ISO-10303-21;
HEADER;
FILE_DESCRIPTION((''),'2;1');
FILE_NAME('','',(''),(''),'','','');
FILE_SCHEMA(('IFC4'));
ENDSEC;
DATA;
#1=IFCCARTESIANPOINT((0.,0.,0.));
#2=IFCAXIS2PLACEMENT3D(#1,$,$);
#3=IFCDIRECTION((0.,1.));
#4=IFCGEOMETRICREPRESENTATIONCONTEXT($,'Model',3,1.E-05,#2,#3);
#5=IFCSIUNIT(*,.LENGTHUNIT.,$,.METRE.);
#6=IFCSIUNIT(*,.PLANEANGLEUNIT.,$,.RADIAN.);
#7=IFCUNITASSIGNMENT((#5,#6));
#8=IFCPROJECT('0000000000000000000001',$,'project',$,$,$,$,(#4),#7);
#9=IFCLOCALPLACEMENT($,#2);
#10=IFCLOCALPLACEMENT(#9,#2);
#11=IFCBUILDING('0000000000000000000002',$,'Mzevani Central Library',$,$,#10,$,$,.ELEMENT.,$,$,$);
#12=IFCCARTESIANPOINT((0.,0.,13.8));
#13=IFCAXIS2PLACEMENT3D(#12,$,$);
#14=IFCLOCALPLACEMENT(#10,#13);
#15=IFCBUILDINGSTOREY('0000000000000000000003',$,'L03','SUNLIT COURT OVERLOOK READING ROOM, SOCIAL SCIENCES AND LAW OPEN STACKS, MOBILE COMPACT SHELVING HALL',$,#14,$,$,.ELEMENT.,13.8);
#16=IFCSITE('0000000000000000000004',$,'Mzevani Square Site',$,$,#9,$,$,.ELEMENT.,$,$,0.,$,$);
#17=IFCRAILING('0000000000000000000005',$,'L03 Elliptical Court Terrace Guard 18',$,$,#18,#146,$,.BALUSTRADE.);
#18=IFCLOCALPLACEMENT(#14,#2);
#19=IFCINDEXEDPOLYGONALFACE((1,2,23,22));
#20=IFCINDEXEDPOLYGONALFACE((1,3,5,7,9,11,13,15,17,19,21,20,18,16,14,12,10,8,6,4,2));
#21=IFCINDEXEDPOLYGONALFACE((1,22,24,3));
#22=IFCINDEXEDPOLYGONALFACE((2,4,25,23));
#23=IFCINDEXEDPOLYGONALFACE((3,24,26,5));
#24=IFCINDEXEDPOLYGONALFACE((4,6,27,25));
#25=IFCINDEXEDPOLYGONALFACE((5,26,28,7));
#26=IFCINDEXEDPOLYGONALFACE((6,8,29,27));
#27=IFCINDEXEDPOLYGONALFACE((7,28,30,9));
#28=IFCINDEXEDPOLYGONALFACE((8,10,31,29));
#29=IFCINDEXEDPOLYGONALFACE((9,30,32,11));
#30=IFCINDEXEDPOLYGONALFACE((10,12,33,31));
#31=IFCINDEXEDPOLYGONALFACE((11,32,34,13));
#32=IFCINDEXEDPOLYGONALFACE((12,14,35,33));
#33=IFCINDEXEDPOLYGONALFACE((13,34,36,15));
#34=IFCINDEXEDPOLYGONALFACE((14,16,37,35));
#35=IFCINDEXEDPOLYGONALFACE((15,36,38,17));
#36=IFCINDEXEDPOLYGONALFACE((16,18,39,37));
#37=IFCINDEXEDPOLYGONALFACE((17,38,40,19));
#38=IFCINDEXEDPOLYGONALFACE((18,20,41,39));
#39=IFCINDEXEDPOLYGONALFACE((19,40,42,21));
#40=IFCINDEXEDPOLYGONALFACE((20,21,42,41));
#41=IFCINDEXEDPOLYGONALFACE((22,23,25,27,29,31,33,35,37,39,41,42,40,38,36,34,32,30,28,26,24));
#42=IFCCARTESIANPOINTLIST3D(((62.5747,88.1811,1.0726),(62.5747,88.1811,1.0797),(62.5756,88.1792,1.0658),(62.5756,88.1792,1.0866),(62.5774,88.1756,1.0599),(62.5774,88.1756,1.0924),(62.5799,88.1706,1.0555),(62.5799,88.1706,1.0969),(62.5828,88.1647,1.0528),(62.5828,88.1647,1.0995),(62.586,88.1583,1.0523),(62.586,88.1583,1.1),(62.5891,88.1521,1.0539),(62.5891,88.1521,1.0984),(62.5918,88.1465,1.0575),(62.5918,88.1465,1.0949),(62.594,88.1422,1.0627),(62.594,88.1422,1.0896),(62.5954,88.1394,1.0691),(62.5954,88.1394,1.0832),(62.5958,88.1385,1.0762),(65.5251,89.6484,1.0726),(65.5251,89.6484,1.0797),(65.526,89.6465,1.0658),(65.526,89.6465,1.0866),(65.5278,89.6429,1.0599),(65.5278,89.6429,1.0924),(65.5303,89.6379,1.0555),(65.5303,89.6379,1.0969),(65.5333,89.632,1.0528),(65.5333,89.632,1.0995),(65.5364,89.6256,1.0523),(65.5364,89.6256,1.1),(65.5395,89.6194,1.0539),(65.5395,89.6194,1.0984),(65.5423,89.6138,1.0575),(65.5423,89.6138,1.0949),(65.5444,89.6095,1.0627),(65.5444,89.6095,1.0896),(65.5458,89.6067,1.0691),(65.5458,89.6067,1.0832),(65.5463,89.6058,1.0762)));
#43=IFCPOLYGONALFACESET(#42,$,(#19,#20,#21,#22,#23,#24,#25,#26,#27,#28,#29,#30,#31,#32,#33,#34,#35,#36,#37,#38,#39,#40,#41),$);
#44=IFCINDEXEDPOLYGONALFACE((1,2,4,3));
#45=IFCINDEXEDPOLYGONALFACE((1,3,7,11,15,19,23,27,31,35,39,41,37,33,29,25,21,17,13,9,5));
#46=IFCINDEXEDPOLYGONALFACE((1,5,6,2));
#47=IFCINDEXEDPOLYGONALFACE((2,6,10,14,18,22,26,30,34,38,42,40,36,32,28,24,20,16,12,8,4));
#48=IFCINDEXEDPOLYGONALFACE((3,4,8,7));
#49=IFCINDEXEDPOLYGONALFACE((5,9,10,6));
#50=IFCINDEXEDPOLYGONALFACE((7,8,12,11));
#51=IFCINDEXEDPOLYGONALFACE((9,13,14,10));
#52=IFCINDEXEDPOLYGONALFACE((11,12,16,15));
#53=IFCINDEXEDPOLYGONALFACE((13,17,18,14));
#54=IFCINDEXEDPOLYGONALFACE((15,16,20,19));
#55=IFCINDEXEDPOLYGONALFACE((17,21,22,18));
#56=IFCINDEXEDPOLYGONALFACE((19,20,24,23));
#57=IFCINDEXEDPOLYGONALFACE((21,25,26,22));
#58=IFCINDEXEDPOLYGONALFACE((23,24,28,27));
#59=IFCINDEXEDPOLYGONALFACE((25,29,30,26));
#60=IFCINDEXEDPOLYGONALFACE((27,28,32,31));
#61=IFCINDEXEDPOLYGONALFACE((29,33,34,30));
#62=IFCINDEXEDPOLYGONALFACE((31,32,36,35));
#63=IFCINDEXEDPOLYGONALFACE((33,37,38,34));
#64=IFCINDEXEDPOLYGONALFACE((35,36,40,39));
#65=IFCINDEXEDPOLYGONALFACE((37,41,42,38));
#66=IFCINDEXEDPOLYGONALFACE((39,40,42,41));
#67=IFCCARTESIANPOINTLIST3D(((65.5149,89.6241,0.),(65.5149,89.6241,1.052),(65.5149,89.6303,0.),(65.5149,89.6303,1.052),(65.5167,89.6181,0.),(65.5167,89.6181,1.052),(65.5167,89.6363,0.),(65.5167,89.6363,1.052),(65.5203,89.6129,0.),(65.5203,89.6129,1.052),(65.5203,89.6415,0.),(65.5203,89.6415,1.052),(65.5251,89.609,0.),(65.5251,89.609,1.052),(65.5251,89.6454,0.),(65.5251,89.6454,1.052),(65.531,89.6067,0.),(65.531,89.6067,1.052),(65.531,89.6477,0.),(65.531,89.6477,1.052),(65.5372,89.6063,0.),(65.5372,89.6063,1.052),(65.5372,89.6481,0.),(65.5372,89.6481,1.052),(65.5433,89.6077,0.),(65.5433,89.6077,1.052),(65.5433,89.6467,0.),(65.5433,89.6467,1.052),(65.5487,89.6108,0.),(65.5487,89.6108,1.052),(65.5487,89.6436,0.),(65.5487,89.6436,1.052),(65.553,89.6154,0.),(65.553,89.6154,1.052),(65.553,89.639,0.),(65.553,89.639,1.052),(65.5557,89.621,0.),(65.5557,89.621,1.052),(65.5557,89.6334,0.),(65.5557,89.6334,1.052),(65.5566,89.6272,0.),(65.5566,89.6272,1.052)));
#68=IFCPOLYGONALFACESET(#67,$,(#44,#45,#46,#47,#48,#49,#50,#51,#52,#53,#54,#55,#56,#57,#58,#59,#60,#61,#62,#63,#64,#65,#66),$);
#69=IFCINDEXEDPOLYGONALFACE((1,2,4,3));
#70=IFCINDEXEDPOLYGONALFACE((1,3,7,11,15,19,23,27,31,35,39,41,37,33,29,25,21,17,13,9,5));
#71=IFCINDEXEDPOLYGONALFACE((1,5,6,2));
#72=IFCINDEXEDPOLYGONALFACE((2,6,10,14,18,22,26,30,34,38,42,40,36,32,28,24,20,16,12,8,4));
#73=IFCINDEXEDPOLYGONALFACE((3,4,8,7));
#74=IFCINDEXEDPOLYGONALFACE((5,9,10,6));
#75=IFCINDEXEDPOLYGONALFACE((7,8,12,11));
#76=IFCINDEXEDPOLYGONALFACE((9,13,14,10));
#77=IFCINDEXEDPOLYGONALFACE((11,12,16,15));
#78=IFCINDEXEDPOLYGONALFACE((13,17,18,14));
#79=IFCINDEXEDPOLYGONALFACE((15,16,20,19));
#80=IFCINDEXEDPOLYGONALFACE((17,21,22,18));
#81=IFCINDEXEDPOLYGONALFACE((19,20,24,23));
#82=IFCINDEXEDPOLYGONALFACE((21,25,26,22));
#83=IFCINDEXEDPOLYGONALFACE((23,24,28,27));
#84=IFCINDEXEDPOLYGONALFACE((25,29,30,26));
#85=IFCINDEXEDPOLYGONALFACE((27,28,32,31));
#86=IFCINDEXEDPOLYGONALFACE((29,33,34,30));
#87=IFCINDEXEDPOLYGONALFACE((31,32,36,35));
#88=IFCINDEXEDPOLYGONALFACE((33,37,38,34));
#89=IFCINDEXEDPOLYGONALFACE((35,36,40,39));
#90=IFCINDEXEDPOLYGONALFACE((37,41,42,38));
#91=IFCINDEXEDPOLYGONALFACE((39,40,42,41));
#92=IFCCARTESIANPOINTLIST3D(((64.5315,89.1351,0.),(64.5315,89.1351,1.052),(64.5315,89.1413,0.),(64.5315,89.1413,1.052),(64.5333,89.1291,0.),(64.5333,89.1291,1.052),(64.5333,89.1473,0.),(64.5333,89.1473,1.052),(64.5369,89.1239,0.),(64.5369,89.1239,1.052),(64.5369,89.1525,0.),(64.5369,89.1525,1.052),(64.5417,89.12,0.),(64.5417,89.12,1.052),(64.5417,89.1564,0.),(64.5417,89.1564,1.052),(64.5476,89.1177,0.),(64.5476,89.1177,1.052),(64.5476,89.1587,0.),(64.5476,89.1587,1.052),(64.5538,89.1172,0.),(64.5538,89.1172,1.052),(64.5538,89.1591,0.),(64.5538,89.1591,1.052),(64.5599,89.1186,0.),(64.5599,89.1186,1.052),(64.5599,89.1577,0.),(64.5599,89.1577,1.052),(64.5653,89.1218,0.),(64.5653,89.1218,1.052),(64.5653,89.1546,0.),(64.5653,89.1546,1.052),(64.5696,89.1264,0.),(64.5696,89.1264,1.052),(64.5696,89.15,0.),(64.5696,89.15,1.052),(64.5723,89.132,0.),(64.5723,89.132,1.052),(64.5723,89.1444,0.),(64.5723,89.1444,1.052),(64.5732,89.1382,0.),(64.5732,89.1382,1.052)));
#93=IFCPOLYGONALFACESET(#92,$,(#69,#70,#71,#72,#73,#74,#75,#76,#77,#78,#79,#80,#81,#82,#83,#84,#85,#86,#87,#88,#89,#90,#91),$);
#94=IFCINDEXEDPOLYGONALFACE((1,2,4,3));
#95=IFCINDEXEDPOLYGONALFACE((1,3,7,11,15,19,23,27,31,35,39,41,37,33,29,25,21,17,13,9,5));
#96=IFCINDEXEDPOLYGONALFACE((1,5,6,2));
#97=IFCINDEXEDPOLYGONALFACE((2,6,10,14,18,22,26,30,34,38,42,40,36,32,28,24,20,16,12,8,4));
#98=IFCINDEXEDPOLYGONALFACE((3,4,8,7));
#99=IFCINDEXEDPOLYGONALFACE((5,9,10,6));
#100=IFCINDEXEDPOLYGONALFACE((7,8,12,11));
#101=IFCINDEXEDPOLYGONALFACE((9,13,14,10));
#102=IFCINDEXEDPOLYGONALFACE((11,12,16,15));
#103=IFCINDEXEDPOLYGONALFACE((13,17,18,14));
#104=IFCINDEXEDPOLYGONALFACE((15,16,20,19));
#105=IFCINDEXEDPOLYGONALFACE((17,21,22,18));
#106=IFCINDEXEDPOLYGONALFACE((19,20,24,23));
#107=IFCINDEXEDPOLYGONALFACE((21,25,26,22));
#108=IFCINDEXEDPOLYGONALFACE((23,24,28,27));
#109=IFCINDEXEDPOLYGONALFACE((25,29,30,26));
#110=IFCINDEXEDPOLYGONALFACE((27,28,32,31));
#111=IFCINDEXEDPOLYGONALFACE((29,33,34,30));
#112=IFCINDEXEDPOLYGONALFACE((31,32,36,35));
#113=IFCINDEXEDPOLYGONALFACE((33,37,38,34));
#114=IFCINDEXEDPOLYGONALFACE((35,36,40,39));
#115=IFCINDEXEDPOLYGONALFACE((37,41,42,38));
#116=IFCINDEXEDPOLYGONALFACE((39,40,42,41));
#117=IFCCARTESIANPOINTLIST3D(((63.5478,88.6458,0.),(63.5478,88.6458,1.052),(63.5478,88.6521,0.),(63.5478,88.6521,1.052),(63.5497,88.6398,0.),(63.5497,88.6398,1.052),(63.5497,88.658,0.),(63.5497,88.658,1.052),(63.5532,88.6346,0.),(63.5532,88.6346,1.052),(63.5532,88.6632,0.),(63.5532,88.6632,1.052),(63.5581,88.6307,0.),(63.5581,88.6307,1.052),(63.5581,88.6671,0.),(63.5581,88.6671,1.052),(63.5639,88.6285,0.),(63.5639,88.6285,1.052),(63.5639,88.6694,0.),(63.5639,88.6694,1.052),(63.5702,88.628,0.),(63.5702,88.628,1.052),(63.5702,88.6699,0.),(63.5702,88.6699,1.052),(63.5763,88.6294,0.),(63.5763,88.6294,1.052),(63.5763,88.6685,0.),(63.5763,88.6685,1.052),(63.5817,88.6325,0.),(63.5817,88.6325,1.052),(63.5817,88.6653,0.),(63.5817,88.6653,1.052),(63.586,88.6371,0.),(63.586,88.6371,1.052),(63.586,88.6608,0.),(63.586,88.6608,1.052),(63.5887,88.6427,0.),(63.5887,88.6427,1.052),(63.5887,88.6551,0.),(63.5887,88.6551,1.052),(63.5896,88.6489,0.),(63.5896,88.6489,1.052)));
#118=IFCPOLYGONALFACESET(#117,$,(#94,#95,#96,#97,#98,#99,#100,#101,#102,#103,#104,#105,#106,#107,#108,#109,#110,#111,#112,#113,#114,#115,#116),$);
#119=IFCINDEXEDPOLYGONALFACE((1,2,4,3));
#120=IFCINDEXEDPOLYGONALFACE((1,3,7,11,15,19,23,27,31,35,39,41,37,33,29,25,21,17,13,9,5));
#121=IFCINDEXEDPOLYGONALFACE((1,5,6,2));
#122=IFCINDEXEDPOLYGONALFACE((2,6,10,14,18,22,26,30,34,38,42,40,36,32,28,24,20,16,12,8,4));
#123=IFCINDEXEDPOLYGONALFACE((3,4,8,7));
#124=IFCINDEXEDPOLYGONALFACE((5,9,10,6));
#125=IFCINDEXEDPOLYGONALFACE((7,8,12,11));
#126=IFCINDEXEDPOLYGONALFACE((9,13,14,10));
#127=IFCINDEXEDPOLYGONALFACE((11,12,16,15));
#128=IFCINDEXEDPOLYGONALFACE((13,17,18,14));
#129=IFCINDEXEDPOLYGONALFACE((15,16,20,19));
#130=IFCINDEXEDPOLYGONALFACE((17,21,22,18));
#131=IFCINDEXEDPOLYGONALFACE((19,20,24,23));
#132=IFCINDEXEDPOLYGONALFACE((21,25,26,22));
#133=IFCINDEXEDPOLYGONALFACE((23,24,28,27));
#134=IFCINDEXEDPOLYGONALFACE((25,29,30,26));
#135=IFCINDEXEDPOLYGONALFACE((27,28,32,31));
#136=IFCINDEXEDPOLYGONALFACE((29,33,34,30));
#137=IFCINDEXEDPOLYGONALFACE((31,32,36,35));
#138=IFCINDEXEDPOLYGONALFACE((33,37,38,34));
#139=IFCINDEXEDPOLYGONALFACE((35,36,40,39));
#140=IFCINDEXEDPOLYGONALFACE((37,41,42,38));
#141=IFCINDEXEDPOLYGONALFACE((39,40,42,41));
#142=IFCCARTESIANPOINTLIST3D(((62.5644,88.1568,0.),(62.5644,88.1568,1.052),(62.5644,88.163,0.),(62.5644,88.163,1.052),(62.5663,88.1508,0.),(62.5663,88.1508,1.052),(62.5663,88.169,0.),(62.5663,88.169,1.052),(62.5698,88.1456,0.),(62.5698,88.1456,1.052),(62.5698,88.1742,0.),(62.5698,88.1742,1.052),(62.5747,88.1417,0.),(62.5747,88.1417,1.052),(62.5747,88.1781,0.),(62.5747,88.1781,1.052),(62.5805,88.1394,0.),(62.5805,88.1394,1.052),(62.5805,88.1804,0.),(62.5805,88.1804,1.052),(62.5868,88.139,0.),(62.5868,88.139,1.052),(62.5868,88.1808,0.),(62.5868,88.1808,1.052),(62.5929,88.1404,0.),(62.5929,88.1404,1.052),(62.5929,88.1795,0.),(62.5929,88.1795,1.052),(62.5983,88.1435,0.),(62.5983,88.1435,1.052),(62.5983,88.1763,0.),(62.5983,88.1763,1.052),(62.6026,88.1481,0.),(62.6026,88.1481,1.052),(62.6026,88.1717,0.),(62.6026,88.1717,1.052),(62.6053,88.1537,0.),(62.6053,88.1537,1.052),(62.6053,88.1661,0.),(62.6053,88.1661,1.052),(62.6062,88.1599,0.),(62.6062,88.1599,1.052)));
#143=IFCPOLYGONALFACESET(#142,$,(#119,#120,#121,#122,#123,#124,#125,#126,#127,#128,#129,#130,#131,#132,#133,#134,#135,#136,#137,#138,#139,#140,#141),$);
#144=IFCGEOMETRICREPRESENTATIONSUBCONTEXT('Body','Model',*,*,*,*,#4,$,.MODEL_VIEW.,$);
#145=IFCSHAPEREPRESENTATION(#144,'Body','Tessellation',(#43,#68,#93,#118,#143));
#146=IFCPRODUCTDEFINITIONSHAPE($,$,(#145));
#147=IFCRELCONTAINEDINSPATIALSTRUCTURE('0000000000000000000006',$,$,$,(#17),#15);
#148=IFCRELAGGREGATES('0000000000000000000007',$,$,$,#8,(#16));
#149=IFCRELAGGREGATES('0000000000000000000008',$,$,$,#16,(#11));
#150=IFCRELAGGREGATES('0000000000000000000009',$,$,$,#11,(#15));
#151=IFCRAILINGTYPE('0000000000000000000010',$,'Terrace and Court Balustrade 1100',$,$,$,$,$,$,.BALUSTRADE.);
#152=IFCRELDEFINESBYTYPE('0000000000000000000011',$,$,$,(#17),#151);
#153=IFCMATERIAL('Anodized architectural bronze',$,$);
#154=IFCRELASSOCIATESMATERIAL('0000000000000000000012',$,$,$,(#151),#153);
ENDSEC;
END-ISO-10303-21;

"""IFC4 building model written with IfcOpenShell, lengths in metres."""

from ifc_helpers import new_model, si_unit, direction, frame, origin, origin_2d, place, context, subcontext, project, spatial, circle, extrude, material, type_object, element, save


model = new_model("IFC4")

# Units and contexts
model_context = context("Model", 3, precision=1e-05, world=origin(), true_north=direction((0.0, 1.0)))
body_context = subcontext(model_context, "Body", "Model", "MODEL_VIEW")
ifc_project = project(units=[si_unit("LENGTHUNIT", "METRE"), si_unit("PLANEANGLEUNIT", "RADIAN")], contexts=[model_context])

# Site, building, storey
site_placement = place(None, origin())
site = spatial("IfcSite", under=ifc_project, at=site_placement, Name="Mzevani Square Site", CompositionType="ELEMENT", RefElevation=0.0)
building_placement = place(site_placement, origin())
building = spatial("IfcBuilding", under=site, at=building_placement, Name="Mzevani Central Library", CompositionType="ELEMENT")
storey_placement = place(building_placement, frame((0.0, 0.0, 13.8)))
storey = spatial("IfcBuildingStorey", under=building, at=storey_placement, Name="L03", Description="SUNLIT COURT OVERLOOK READING ROOM, SOCIAL SCIENCES AND LAW OPEN STACKS, MOBILE COMPACT SHELVING HALL", CompositionType="ELEMENT", Elevation=13.8)

# Railing
ifc_material_1 = material(Name="Anodized architectural bronze")
railing_type = type_object("IfcRailingType", Name="Terrace and Court Balustrade 1100", PredefinedType="BALUSTRADE", material=ifc_material_1)
railing_1_placement = place(storey_placement, frame((65.5356, 89.6272, 0.0)))
element("IfcRailing", 1, at=railing_1_placement, inside=storey, type_object=railing_type, Name="L03 Elliptical Court Terrace Guard 18", PredefinedType="BALUSTRADE", context=body_context, shape_type="SweptSolid", body=[
    extrude(circle(Radius=0.0239, at=origin_2d()), frame((0.0, 0.0, 1.0762), z_axis=(-0.895388, -0.445286, 0.0), x_axis=(0.445286, -0.895388, 0.0)), (0.0, 0.0, 1.0), 3.2952),
    extrude(circle(Radius=0.021, at=origin_2d()), origin(), (0.0, 0.0, 1.0), 1.052),
    extrude(circle(Radius=0.021, at=origin_2d()), frame((-0.9834, -0.489, 0.0)), (0.0, 0.0, 1.0), 1.052),
    extrude(circle(Radius=0.021, at=origin_2d()), frame((-1.967, -0.9783, 0.0)), (0.0, 0.0, 1.0), 1.052),
    extrude(circle(Radius=0.021, at=origin_2d()), frame((-2.9504, -1.4673, 0.0)), (0.0, 0.0, 1.0), 1.052),
])

save(model, "model.ifc")
